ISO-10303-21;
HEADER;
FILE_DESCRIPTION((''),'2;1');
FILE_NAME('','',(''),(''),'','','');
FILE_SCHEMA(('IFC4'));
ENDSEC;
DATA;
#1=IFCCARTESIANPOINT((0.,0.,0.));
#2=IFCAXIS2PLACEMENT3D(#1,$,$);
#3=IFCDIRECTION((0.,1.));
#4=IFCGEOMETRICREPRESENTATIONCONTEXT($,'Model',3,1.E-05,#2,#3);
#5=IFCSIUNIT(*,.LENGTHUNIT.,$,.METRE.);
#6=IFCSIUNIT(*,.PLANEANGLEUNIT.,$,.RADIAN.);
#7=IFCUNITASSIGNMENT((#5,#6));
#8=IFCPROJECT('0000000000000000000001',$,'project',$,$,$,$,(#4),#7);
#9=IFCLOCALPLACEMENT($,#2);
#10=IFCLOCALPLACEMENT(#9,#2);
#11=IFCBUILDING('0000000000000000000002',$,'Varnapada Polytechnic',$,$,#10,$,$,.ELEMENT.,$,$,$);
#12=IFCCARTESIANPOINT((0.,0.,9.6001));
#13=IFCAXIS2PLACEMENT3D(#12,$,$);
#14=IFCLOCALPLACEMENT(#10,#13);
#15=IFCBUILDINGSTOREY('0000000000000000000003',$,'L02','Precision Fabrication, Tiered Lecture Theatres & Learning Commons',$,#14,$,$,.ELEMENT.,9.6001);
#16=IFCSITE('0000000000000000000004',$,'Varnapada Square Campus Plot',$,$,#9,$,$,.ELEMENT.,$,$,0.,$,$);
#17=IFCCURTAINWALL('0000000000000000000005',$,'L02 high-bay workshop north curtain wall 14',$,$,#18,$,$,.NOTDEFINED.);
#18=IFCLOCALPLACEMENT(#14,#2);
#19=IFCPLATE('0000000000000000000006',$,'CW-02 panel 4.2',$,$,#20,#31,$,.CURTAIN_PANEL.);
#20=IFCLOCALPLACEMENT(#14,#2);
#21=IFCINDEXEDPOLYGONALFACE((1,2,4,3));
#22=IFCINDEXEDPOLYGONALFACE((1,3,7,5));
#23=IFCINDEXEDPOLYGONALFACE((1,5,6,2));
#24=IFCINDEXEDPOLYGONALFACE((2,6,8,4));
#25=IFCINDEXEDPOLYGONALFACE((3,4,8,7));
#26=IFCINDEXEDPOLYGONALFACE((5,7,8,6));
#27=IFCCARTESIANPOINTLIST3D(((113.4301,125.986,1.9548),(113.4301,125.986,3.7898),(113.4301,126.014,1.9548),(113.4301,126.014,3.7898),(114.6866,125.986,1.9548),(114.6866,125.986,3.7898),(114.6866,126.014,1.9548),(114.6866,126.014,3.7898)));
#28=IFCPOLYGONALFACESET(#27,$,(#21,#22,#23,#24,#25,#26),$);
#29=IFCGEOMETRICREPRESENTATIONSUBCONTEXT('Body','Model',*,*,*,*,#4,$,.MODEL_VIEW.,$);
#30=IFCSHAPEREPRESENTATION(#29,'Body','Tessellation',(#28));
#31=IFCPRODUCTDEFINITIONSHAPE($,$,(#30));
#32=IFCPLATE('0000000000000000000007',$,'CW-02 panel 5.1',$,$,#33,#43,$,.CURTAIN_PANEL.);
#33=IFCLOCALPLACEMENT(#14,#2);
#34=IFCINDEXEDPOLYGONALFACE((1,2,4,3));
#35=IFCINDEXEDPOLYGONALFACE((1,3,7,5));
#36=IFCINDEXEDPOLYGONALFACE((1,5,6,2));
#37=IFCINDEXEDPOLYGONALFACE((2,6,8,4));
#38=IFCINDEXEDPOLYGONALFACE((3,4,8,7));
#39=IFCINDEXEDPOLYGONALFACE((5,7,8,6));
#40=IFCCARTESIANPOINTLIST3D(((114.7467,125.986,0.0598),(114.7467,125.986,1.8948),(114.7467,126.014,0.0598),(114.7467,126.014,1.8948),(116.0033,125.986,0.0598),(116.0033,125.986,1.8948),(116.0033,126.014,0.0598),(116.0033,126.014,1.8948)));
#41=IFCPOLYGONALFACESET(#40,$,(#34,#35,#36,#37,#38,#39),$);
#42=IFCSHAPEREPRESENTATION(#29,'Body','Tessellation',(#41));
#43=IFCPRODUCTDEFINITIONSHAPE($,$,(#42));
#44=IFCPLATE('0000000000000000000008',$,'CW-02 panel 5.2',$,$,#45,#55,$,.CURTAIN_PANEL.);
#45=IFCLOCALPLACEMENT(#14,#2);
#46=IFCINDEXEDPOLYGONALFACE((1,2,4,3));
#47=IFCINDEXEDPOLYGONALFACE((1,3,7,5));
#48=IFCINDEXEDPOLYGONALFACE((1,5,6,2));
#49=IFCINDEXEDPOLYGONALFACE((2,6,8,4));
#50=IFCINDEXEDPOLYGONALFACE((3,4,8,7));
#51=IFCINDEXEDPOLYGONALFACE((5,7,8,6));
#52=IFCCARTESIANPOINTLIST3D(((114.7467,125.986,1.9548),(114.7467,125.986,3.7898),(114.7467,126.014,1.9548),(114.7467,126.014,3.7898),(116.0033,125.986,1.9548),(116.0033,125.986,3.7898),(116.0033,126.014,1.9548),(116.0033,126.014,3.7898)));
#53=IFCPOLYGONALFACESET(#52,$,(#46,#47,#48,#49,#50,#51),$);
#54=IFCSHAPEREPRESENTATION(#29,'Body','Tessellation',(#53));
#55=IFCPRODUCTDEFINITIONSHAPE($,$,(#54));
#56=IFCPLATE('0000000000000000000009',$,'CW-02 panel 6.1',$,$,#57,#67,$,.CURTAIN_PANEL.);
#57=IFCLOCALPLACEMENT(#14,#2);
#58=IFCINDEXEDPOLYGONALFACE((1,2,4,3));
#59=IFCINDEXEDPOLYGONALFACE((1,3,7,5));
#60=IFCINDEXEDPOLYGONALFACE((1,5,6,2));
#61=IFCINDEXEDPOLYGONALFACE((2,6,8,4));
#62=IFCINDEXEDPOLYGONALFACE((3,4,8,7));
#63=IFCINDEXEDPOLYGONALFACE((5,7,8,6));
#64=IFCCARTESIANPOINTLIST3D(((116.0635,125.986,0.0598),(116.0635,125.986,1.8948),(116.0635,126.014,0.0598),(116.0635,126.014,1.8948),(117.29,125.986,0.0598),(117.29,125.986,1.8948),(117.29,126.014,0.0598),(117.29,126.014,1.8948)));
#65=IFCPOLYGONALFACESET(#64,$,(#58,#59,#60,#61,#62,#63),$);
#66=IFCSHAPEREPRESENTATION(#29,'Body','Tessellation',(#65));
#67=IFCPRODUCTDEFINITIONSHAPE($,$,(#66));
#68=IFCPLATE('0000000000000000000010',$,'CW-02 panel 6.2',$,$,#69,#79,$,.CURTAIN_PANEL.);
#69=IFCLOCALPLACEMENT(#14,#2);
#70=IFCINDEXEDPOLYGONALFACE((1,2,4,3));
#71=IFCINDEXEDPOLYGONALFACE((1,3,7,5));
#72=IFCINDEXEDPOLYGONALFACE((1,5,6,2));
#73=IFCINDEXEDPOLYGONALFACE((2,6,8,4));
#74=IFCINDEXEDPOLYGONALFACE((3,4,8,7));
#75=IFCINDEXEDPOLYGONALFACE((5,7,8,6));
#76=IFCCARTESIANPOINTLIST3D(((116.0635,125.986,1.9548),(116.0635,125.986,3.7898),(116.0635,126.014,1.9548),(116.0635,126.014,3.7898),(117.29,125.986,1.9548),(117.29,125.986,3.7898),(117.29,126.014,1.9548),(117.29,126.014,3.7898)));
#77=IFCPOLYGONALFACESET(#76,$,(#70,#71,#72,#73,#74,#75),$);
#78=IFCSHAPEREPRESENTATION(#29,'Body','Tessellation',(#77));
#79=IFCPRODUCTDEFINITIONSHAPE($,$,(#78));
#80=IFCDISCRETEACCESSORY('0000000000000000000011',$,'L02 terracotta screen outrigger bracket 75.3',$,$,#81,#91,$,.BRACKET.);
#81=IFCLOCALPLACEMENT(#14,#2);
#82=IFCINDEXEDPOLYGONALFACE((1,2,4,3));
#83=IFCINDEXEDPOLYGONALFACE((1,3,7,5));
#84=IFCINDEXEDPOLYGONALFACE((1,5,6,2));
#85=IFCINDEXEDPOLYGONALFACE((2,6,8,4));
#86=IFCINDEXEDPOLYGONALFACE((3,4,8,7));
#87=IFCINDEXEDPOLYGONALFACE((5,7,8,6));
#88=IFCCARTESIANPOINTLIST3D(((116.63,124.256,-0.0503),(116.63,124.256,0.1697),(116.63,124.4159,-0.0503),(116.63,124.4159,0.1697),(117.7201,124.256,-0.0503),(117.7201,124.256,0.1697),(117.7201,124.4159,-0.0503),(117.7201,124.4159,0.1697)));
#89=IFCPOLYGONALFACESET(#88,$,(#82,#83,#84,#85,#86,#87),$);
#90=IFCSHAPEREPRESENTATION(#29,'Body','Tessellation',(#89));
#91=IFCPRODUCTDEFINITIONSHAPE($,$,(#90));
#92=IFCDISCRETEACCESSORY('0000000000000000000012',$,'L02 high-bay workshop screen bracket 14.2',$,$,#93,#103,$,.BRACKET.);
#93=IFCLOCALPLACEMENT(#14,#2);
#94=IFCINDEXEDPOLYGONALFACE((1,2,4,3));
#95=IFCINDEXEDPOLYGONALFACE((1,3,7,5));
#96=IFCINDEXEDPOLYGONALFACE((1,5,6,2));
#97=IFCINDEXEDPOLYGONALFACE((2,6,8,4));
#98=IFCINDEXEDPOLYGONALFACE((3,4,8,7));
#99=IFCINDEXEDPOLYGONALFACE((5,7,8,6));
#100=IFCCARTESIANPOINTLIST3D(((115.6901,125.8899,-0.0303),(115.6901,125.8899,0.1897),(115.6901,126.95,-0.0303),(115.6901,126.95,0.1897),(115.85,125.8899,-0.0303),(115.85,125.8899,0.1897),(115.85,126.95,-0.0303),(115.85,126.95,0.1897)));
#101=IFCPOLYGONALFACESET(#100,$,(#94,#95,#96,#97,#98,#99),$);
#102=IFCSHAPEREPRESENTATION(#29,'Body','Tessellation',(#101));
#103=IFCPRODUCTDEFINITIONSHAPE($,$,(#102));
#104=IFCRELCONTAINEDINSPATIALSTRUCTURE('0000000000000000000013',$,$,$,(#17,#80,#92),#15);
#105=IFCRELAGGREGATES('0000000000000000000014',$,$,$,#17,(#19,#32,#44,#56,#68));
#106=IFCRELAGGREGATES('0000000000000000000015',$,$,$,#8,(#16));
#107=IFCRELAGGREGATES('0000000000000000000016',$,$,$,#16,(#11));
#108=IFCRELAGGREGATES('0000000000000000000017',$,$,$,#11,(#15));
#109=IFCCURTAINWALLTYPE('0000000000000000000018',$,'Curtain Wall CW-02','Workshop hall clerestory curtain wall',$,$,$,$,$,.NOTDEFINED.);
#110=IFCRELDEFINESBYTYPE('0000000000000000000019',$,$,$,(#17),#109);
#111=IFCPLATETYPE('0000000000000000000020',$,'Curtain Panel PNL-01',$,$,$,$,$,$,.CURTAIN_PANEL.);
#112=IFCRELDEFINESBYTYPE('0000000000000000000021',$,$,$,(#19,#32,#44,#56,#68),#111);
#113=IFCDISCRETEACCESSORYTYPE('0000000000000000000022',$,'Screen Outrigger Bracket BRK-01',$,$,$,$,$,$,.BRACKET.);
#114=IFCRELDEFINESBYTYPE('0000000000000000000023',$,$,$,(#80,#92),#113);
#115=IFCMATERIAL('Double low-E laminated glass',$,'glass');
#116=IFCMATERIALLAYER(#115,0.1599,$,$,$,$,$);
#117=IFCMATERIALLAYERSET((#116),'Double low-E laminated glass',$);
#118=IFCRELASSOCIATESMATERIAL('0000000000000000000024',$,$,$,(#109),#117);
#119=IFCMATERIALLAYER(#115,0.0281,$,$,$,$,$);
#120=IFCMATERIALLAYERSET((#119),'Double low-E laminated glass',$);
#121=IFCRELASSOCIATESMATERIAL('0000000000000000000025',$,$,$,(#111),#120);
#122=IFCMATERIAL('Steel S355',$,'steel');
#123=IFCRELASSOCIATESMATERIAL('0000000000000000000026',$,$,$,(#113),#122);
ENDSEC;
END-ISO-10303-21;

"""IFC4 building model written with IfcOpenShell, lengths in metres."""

from ifc_helpers import new_model, si_unit, direction, frame, origin, origin_2d, place, context, subcontext, project, spatial, rectangle, extrude, material, layer, layer_set, type_object, element, aggregate, save


model = new_model("IFC4")

# Units and contexts
model_context = context("Model", 3, precision=1e-05, world=origin(), true_north=direction((0.0, 1.0)))
body_context = subcontext(model_context, "Body", "Model", "MODEL_VIEW")
ifc_project = project(units=[si_unit("LENGTHUNIT", "METRE"), si_unit("PLANEANGLEUNIT", "RADIAN")], contexts=[model_context])

# Site, building, storey
site_placement = place(None, origin())
site = spatial("IfcSite", under=ifc_project, at=site_placement, Name="Varnapada Square Campus Plot", CompositionType="ELEMENT", RefElevation=0.0)
building_placement = place(site_placement, origin())
building = spatial("IfcBuilding", under=site, at=building_placement, Name="Varnapada Polytechnic", CompositionType="ELEMENT")
storey_placement = place(building_placement, frame((0.0, 0.0, 9.6001)))
storey = spatial("IfcBuildingStorey", under=building, at=storey_placement, Name="L02", Description="Precision Fabrication, Tiered Lecture Theatres & Learning Commons", CompositionType="ELEMENT", Elevation=9.6001)

# Shared definitions
ifc_material_1 = material(Name="Double low-E laminated glass", Category="glass")
ifc_layer_1 = layer(ifc_material_1, 0.1599)
ifc_layer_set_1 = layer_set([ifc_layer_1], Name="Double low-E laminated glass")
curtain_wall_type = type_object("IfcCurtainWallType", Name="Curtain Wall CW-02", Description="Workshop hall clerestory curtain wall", PredefinedType="NOTDEFINED", material=ifc_layer_set_1)

# Curtain wall
curtain_wall_1_placement = place(storey_placement, origin())
curtain_wall_1 = element("IfcCurtainWall", 1, at=curtain_wall_1_placement, inside=storey, type_object=curtain_wall_type, Name="L02 high-bay workshop north curtain wall 14", PredefinedType="NOTDEFINED")

# Plates
ifc_layer_2 = layer(ifc_material_1, 0.0281)
ifc_layer_set_2 = layer_set([ifc_layer_2], Name="Double low-E laminated glass")
plate_type = type_object("IfcPlateType", Name="Curtain Panel PNL-01", PredefinedType="CURTAIN_PANEL", material=ifc_layer_set_2)
plate_1_placement = place(storey_placement, frame((114.0583, 126.0, 1.9548), z_axis=(0.0, 0.0, 1.0), x_axis=(1.0, 0.0, 0.0)))
plate_1 = element("IfcPlate", 2, at=plate_1_placement, type_object=plate_type, Name="CW-02 panel 4.2", PredefinedType="CURTAIN_PANEL", context=body_context, shape_type="SweptSolid", body=[
    extrude(rectangle(XDim=1.2566, YDim=0.0281, at=origin_2d()), origin(), (0.0, 0.0, 1.0), 1.835),
])
plate_2_placement = place(storey_placement, frame((115.375, 126.0, 0.0598), z_axis=(0.0, 0.0, 1.0), x_axis=(1.0, 0.0, 0.0)))
plate_2 = element("IfcPlate", 3, at=plate_2_placement, type_object=plate_type, Name="CW-02 panel 5.1", PredefinedType="CURTAIN_PANEL", context=body_context, shape_type="SweptSolid", body=[
    extrude(rectangle(XDim=1.2566, YDim=0.0281, at=origin_2d()), origin(), (0.0, 0.0, 1.0), 1.835),
])
plate_3_placement = place(storey_placement, frame((115.375, 126.0, 1.9548), z_axis=(0.0, 0.0, 1.0), x_axis=(1.0, 0.0, 0.0)))
plate_3 = element("IfcPlate", 4, at=plate_3_placement, type_object=plate_type, Name="CW-02 panel 5.2", PredefinedType="CURTAIN_PANEL", context=body_context, shape_type="SweptSolid", body=[
    extrude(rectangle(XDim=1.2566, YDim=0.0281, at=origin_2d()), origin(), (0.0, 0.0, 1.0), 1.835),
])
plate_4_placement = place(storey_placement, frame((116.6768, 126.0, 0.0598), z_axis=(0.0, 0.0, 1.0), x_axis=(1.0, 0.0, 0.0)))
plate_4 = element("IfcPlate", 5, at=plate_4_placement, type_object=plate_type, Name="CW-02 panel 6.1", PredefinedType="CURTAIN_PANEL", context=body_context, shape_type="SweptSolid", body=[
    extrude(rectangle(XDim=1.2266, YDim=0.0281, at=origin_2d()), origin(), (0.0, 0.0, 1.0), 1.835),
])
plate_5_placement = place(storey_placement, frame((116.6768, 126.0, 1.9548), z_axis=(0.0, 0.0, 1.0), x_axis=(1.0, 0.0, 0.0)))
plate_5 = element("IfcPlate", 6, at=plate_5_placement, type_object=plate_type, Name="CW-02 panel 6.2", PredefinedType="CURTAIN_PANEL", context=body_context, shape_type="SweptSolid", body=[
    extrude(rectangle(XDim=1.2266, YDim=0.0281, at=origin_2d()), origin(), (0.0, 0.0, 1.0), 1.835),
])
aggregate(curtain_wall_1, [plate_1, plate_2, plate_3, plate_4, plate_5])

# Discrete accessories
ifc_material_2 = material(Name="Steel S355", Category="steel")
discrete_accessory_type = type_object("IfcDiscreteAccessoryType", Name="Screen Outrigger Bracket BRK-01", PredefinedType="BRACKET", material=ifc_material_2)
discrete_accessory_1_placement = place(storey_placement, frame((117.175, 124.3359, -0.0503), z_axis=(0.0, 0.0, 1.0), x_axis=(0.0, 1.0, 0.0)))
element("IfcDiscreteAccessory", 7, at=discrete_accessory_1_placement, inside=storey, type_object=discrete_accessory_type, Name="L02 terracotta screen outrigger bracket 75.3", PredefinedType="BRACKET", context=body_context, shape_type="SweptSolid", body=[
    extrude(rectangle(XDim=0.1599, YDim=1.0901, at=origin_2d()), origin(), (0.0, 0.0, 1.0), 0.22),
])
discrete_accessory_2_placement = place(storey_placement, frame((115.77, 126.4199, -0.0303), z_axis=(0.0, 0.0, 1.0), x_axis=(1.0, 0.0, 0.0)))
element("IfcDiscreteAccessory", 8, at=discrete_accessory_2_placement, inside=storey, type_object=discrete_accessory_type, Name="L02 high-bay workshop screen bracket 14.2", PredefinedType="BRACKET", context=body_context, shape_type="SweptSolid", body=[
    extrude(rectangle(XDim=0.1599, YDim=1.0601, at=origin_2d()), origin(), (0.0, 0.0, 1.0), 0.22),
])

save(model, "model.ifc")
